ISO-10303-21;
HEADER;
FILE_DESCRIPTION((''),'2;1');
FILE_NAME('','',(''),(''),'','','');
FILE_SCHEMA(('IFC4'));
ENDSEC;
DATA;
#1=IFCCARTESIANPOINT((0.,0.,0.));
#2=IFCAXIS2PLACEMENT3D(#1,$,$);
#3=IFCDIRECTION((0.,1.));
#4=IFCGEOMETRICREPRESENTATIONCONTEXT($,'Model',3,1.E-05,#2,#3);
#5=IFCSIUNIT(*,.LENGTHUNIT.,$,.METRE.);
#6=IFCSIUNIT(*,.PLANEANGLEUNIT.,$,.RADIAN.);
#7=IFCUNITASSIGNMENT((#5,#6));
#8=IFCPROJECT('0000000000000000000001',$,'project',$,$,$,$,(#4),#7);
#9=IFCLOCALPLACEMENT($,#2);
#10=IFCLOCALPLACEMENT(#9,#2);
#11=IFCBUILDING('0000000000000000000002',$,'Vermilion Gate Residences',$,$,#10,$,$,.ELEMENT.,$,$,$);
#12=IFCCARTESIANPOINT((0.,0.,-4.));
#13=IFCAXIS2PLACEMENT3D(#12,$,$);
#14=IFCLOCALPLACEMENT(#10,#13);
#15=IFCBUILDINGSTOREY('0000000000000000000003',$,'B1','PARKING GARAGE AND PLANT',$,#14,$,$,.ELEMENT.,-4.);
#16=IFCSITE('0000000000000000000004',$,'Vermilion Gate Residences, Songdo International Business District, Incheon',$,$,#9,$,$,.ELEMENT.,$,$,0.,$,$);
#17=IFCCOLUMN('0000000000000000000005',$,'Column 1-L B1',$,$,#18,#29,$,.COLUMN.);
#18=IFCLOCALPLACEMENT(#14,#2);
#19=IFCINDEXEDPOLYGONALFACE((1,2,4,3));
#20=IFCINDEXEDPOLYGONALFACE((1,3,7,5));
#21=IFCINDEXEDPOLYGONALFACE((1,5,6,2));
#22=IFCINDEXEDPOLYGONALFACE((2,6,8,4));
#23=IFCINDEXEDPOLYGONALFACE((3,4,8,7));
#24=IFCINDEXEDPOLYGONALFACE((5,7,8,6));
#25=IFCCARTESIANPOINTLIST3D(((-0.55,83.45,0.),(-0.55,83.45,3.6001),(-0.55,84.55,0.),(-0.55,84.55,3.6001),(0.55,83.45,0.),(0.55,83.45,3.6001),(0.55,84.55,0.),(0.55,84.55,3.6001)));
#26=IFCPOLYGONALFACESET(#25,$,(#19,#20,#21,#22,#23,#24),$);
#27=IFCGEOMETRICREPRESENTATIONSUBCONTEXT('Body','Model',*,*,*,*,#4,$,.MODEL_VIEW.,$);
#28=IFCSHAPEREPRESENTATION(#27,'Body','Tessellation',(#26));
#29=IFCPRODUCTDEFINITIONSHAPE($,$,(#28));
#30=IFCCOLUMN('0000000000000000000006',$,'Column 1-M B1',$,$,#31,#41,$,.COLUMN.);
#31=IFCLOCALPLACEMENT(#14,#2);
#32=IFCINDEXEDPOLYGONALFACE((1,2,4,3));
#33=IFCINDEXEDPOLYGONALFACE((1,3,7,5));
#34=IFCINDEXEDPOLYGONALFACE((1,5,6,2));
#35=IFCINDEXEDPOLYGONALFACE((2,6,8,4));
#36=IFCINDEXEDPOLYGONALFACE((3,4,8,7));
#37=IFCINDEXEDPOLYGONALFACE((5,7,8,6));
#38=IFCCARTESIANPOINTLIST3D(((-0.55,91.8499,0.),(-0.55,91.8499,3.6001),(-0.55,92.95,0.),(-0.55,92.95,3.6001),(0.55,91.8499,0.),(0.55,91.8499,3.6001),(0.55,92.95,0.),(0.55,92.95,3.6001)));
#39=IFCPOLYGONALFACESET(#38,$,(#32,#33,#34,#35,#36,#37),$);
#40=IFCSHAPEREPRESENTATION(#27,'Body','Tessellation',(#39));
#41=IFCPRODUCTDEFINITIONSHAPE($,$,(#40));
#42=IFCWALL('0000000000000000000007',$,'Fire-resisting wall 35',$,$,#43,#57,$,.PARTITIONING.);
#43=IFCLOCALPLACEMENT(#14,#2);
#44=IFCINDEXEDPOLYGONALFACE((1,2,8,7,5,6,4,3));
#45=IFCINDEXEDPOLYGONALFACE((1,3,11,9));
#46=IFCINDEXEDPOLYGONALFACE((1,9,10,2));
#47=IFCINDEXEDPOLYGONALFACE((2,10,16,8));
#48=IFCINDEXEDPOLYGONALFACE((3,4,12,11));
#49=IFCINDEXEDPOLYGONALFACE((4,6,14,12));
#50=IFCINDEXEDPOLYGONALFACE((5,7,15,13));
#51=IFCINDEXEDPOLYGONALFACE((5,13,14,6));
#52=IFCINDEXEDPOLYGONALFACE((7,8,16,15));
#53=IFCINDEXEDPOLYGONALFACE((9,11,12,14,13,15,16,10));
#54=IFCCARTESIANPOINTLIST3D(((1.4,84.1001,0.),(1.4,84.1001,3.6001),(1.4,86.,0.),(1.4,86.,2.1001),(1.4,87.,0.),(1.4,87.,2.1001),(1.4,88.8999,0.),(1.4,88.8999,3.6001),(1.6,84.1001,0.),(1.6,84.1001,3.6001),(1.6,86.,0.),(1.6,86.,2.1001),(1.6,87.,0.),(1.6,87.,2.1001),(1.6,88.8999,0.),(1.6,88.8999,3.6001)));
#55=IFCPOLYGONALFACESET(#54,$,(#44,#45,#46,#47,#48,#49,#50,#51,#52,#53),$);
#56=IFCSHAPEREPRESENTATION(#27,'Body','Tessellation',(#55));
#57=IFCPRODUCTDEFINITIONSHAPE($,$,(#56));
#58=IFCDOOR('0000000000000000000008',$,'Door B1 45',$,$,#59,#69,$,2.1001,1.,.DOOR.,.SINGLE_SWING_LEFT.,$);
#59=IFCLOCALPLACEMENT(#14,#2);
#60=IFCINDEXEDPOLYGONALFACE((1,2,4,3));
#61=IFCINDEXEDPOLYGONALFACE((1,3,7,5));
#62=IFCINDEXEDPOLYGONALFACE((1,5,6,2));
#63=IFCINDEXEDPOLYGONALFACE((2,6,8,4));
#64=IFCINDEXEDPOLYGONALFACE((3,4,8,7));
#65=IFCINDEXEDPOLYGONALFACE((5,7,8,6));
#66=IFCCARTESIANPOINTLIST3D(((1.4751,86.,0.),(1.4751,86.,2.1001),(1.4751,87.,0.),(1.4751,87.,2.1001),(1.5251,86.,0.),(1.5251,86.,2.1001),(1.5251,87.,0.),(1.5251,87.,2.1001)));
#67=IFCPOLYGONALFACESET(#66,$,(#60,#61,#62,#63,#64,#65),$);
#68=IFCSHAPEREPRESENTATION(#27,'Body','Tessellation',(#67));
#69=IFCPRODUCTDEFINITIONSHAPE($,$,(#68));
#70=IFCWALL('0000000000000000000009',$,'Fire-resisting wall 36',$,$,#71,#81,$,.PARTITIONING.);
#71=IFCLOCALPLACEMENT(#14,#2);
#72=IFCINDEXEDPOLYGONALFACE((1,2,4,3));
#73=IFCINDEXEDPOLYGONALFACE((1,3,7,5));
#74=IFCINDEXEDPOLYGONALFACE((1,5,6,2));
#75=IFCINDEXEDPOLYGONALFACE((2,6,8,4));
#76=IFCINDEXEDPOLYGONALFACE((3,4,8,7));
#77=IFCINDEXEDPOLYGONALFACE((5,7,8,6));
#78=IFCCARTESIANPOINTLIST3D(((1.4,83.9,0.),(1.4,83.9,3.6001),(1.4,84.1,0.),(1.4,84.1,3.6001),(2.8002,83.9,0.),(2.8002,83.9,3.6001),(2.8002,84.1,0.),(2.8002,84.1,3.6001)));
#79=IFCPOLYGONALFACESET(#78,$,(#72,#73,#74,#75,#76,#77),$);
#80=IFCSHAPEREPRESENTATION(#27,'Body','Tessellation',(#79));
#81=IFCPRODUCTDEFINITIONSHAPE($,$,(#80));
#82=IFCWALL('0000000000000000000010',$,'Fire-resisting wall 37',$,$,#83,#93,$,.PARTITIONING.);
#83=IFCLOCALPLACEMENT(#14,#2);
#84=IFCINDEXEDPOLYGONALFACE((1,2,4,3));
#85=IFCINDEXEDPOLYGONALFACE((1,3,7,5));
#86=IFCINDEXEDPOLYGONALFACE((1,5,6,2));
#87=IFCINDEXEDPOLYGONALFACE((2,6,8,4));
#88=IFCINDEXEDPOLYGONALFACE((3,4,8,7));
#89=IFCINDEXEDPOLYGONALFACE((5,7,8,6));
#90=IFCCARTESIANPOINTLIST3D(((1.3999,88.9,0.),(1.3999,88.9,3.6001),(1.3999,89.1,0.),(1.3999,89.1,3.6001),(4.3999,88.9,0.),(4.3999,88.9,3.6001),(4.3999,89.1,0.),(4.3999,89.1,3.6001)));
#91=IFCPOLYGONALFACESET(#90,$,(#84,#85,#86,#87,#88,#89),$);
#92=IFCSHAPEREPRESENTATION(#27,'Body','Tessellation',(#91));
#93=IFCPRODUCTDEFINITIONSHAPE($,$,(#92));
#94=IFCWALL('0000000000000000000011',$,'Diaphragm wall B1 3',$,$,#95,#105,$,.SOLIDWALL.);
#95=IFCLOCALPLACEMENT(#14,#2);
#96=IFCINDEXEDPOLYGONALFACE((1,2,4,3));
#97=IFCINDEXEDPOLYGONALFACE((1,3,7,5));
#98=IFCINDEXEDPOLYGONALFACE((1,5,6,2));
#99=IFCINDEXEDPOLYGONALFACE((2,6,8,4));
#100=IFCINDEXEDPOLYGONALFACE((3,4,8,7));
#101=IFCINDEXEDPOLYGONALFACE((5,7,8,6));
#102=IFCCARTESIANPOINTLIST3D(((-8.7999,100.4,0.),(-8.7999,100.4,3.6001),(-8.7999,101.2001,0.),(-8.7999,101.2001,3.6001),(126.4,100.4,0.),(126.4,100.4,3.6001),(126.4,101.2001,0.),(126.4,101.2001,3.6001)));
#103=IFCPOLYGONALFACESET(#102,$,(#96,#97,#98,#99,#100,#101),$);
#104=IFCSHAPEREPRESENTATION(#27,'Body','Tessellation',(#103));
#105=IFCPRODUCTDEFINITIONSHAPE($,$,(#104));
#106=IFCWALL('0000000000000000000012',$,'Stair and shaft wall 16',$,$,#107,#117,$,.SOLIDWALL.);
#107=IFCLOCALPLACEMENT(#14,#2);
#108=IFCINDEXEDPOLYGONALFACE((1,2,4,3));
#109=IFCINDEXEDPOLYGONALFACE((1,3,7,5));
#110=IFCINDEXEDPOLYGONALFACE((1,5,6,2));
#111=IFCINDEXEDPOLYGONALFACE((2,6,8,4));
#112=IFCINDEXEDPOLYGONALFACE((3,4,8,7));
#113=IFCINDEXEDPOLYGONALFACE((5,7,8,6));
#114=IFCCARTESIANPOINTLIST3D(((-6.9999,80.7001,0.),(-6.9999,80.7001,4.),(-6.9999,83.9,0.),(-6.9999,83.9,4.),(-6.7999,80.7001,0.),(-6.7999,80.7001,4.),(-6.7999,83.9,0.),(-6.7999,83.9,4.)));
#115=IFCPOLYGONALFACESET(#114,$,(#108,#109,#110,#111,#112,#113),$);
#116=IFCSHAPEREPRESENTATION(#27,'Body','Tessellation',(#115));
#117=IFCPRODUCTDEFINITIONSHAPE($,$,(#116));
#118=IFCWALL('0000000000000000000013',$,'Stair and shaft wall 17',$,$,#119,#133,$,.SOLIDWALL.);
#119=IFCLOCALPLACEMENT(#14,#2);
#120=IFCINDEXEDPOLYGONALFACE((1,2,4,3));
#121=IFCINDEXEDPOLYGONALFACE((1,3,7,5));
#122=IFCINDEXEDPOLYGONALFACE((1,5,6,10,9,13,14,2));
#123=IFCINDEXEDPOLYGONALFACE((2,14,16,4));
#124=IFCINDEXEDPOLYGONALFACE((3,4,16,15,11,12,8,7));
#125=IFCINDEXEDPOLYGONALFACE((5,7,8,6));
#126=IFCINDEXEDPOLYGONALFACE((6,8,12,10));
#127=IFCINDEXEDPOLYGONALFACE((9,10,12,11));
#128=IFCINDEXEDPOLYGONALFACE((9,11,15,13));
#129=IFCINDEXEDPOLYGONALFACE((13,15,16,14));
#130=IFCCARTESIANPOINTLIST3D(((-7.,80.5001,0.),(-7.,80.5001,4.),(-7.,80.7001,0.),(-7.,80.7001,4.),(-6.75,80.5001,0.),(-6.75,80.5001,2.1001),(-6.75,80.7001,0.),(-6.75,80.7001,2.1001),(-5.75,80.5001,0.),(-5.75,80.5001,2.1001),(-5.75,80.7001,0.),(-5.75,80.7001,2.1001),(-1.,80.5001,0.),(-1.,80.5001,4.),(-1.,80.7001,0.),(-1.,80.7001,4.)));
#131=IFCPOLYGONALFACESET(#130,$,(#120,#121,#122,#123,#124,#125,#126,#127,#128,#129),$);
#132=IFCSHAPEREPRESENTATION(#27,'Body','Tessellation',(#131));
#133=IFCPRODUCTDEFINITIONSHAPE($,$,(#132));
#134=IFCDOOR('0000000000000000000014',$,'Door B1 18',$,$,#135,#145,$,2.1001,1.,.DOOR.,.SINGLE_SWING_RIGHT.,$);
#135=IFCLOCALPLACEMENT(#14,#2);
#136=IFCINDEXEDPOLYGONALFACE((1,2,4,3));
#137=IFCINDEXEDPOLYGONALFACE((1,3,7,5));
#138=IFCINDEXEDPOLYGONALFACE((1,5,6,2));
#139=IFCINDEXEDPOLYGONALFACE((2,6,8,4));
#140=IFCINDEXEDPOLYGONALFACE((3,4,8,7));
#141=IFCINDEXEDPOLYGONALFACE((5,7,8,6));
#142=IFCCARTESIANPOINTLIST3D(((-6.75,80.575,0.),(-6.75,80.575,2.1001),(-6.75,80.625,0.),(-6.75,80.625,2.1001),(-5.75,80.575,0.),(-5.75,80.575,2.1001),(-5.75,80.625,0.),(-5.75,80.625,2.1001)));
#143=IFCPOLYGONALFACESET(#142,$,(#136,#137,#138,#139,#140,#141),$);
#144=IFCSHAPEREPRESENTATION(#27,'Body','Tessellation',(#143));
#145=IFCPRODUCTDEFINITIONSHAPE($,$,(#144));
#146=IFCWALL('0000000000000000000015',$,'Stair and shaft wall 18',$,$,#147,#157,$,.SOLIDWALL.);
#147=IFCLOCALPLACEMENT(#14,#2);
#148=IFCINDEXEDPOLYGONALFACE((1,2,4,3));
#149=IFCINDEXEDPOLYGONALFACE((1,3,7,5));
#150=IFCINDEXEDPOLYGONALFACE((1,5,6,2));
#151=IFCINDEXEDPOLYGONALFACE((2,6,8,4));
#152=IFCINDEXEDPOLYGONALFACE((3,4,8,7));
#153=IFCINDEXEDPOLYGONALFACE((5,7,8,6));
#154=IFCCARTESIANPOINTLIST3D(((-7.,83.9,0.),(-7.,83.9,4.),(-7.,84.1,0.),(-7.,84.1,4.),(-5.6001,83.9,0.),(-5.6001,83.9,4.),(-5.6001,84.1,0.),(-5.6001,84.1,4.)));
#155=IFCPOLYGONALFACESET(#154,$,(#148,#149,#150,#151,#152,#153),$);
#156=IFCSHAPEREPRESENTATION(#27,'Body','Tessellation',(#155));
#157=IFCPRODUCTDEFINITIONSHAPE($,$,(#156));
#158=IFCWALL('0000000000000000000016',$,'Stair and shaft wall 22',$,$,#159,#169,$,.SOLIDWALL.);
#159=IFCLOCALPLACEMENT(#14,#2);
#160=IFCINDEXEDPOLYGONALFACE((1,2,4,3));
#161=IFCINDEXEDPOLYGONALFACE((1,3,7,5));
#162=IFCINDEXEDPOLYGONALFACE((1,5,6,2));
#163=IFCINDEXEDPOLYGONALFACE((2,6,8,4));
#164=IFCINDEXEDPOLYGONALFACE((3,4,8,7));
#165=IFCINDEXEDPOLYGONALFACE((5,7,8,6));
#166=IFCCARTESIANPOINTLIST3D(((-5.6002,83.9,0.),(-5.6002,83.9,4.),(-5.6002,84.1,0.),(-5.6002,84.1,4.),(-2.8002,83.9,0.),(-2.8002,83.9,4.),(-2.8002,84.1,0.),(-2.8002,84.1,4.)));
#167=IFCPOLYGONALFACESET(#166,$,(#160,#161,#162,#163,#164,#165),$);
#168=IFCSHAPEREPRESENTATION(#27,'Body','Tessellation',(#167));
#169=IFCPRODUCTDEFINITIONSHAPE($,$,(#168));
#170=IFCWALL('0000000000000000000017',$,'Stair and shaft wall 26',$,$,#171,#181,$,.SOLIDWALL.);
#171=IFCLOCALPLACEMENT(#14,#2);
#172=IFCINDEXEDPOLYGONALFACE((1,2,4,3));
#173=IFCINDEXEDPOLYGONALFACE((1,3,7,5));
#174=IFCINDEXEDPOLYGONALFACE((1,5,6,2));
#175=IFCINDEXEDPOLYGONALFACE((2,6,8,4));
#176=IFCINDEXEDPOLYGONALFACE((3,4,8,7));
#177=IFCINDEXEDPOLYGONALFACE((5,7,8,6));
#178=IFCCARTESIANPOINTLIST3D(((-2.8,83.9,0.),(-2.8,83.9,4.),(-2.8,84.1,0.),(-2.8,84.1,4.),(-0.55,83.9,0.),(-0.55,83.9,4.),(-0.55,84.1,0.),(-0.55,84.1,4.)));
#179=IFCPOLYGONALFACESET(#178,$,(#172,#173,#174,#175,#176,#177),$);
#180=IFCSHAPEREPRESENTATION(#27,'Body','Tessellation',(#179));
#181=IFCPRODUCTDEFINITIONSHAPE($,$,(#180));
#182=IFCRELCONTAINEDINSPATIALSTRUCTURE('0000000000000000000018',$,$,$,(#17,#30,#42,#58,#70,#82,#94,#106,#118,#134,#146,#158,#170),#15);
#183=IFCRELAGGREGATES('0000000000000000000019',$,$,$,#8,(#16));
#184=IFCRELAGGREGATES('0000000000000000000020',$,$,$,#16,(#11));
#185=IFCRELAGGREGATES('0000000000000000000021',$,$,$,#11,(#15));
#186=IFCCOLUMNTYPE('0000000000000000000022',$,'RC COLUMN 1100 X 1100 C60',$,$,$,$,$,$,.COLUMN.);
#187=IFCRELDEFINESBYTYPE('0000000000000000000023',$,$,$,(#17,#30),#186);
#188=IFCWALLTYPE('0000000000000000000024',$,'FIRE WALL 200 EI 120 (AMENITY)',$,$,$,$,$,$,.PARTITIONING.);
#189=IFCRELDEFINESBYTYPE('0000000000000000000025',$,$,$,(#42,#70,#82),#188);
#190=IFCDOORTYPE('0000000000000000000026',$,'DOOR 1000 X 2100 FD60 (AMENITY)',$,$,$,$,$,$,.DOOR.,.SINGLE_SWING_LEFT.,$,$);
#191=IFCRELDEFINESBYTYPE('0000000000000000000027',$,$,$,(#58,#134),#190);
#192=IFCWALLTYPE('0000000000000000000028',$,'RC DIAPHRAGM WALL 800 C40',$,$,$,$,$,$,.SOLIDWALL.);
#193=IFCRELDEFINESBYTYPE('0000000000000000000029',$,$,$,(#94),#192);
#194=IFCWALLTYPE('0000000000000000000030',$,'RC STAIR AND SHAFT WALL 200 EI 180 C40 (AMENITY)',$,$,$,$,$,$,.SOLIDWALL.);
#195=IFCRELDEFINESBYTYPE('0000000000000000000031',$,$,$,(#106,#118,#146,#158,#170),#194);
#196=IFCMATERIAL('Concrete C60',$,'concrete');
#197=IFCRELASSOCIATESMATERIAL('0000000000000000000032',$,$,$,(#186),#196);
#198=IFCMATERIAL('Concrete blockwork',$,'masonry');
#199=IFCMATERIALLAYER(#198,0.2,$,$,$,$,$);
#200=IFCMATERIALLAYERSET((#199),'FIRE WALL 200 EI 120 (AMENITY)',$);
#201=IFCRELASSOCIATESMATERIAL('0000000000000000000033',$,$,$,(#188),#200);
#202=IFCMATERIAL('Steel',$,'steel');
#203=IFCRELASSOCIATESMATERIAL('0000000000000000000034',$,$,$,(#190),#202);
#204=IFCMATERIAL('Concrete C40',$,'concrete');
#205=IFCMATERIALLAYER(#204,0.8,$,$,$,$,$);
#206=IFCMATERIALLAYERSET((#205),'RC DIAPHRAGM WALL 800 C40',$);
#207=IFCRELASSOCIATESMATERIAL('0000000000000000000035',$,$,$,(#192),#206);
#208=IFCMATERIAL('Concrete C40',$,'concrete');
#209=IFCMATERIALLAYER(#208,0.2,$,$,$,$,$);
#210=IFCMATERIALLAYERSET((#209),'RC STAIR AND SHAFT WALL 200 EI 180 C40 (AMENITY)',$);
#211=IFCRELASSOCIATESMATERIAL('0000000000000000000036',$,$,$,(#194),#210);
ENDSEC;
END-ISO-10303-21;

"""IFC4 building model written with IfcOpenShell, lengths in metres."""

from ifc_helpers import new_model, si_unit, direction, frame, frame_2d, origin, origin_2d, place, context, subcontext, project, spatial, rectangle, extrude, material, layer, layer_set, material_profile, profile_set, type_object, element, fill, save


model = new_model("IFC4")

# Units and contexts
model_context = context("Model", 3, precision=1e-05, world=origin(), true_north=direction((0.0, 1.0)))
body_context = subcontext(model_context, "Body", "Model", "MODEL_VIEW")
ifc_project = project(units=[si_unit("LENGTHUNIT", "METRE"), si_unit("PLANEANGLEUNIT", "RADIAN")], contexts=[model_context])

# Site, building, storey
site_placement = place(None, origin())
site = spatial("IfcSite", under=ifc_project, at=site_placement, Name="Vermilion Gate Residences, Songdo International Business District, Incheon", CompositionType="ELEMENT", RefElevation=0.0)
building_placement = place(site_placement, origin())
building = spatial("IfcBuilding", under=site, at=building_placement, Name="Vermilion Gate Residences", CompositionType="ELEMENT")
storey_placement = place(building_placement, frame((0.0, 0.0, -4.0)))
storey = spatial("IfcBuildingStorey", under=building, at=storey_placement, Name="B1", Description="PARKING GARAGE AND PLANT", CompositionType="ELEMENT", Elevation=-4.0)

# Columns
ifc_material_1 = material(Name="Concrete C60", Category="concrete")
ifc_material_profile = material_profile(ifc_material_1, rectangle(XDim=1.1001, YDim=1.1001, at=origin_2d()), Name="RC-1100x1100")
ifc_profile_set = profile_set([ifc_material_profile], Name="Concrete C60")
column_type = type_object("IfcColumnType", Name="RC COLUMN 1100 X 1100 C60", PredefinedType="COLUMN", material=ifc_profile_set)
for number, where, z_axis, x_axis, name in (
    (1, (0.0, 84.0, 0.0), (0.0, 0.0, 1.0), (1.0, 0.0, 0.0), "Column 1-L B1"),
    (2, (0.0, 92.3999, 0.0), (0.0, 0.0, 1.0), (1.0, 0.0, 0.0), "Column 1-M B1"),
):
    element("IfcColumn", number, at=place(storey_placement, frame(where, z_axis=z_axis, x_axis=x_axis)), inside=storey, type_object=column_type, Name=name, PredefinedType="COLUMN", context=body_context, shape_type="SweptSolid", body=[
        extrude(rectangle(XDim=1.1001, YDim=1.1001, at=origin_2d()), origin(), (0.0, 0.0, 1.0), 3.6001),
    ])

# Wall, opening, door
ifc_material_2 = material(Name="Concrete blockwork", Category="masonry")
ifc_layer_1 = layer(ifc_material_2, 0.2)
ifc_layer_set_1 = layer_set([ifc_layer_1], Name="FIRE WALL 200 EI 120 (AMENITY)")
wall_type_1 = type_object("IfcWallType", Name="FIRE WALL 200 EI 120 (AMENITY)", PredefinedType="PARTITIONING", material=ifc_layer_set_1)
wall_1_placement = place(storey_placement, frame((1.5, 84.1001, 0.0), z_axis=(0.0, 0.0, 1.0), x_axis=(0.0, 1.0, 0.0)))
wall_1 = element("IfcWall", 3, at=wall_1_placement, inside=storey, type_object=wall_type_1, Name="Fire-resisting wall 35", PredefinedType="PARTITIONING", context=body_context, shape_type="SweptSolid", body=[
    extrude(rectangle(XDim=4.7998, YDim=0.2, at=frame_2d((2.3999, 0.0))), origin(), (0.0, 0.0, 1.0), 3.6001),
])
opening_1_placement = place(wall_1_placement, frame((1.8999, 0.0, 0.0)))
opening_1 = element("IfcOpeningElement", 4, at=opening_1_placement, cuts=wall_1, PredefinedType="OPENING", context=body_context, shape_type="SweptSolid", body=[
    extrude(rectangle(XDim=1.0, YDim=2.1001, at=frame_2d((0.5, 1.05))), frame((0.0, 0.1099, 0.0), z_axis=(0.0, -1.0, 0.0), x_axis=(1.0, 0.0, 0.0)), (0.0, 0.0, 1.0), 0.22),
])
ifc_material_3 = material(Name="Steel", Category="steel")
door_type = type_object("IfcDoorType", Name="DOOR 1000 X 2100 FD60 (AMENITY)", OperationType="SINGLE_SWING_LEFT", PredefinedType="DOOR", material=ifc_material_3)
door_1_placement = place(opening_1_placement, origin())
door_1 = element("IfcDoor", 5, at=door_1_placement, inside=storey, type_object=door_type, Name="Door B1 45", OperationType="SINGLE_SWING_LEFT", OverallHeight=2.1001, OverallWidth=1.0, PredefinedType="DOOR", context=body_context, shape_type="SweptSolid", body=[
    extrude(rectangle(XDim=1.0, YDim=2.1001, at=frame_2d((0.5, 1.05))), frame((0.0, 0.0249, 0.0), z_axis=(0.0, -1.0, 0.0), x_axis=(1.0, 0.0, 0.0)), (0.0, 0.0, 1.0), 0.05),
])
fill(opening_1, door_1)

# Walls
wall_2_placement = place(storey_placement, frame((1.3999, 84.0, 0.0), z_axis=(0.0, 0.0, 1.0), x_axis=(1.0, 0.0, 0.0)))
element("IfcWall", 6, at=wall_2_placement, inside=storey, type_object=wall_type_1, Name="Fire-resisting wall 36", PredefinedType="PARTITIONING", context=body_context, shape_type="SweptSolid", body=[
    extrude(rectangle(XDim=1.4001, YDim=0.2, at=frame_2d((0.7002, 0.0))), origin(), (0.0, 0.0, 1.0), 3.6001),
])
wall_3_placement = place(storey_placement, frame((1.3999, 89.0, 0.0), z_axis=(0.0, 0.0, 1.0), x_axis=(1.0, 0.0, 0.0)))
element("IfcWall", 7, at=wall_3_placement, inside=storey, type_object=wall_type_1, Name="Fire-resisting wall 37", PredefinedType="PARTITIONING", context=body_context, shape_type="SweptSolid", body=[
    extrude(rectangle(XDim=3.0, YDim=0.2, at=frame_2d((1.5, 0.0))), origin(), (0.0, 0.0, 1.0), 3.6001),
])
ifc_material_4 = material(Name="Concrete C40", Category="concrete")
ifc_layer_2 = layer(ifc_material_4, 0.8)
ifc_layer_set_2 = layer_set([ifc_layer_2], Name="RC DIAPHRAGM WALL 800 C40")
wall_type_2 = type_object("IfcWallType", Name="RC DIAPHRAGM WALL 800 C40", PredefinedType="SOLIDWALL", material=ifc_layer_set_2)
wall_4_placement = place(storey_placement, frame((-8.8, 100.8, 0.0), z_axis=(0.0, 0.0, 1.0), x_axis=(1.0, 0.0, 0.0)))
element("IfcWall", 8, at=wall_4_placement, inside=storey, type_object=wall_type_2, Name="Diaphragm wall B1 3", PredefinedType="SOLIDWALL", context=body_context, shape_type="SweptSolid", body=[
    extrude(rectangle(XDim=135.2, YDim=0.8, at=frame_2d((67.6001, 0.0))), origin(), (0.0, 0.0, 1.0), 3.6001),
])
ifc_material_5 = material(Name="Concrete C40", Category="concrete")
ifc_layer_3 = layer(ifc_material_5, 0.2)
ifc_layer_set_3 = layer_set([ifc_layer_3], Name="RC STAIR AND SHAFT WALL 200 EI 180 C40 (AMENITY)")
wall_type_3 = type_object("IfcWallType", Name="RC STAIR AND SHAFT WALL 200 EI 180 C40 (AMENITY)", PredefinedType="SOLIDWALL", material=ifc_layer_set_3)
wall_5_placement = place(storey_placement, frame((-6.8999, 80.7, 0.0), z_axis=(0.0, 0.0, 1.0), x_axis=(0.0, 1.0, 0.0)))
element("IfcWall", 9, at=wall_5_placement, inside=storey, type_object=wall_type_3, Name="Stair and shaft wall 16", PredefinedType="SOLIDWALL", context=body_context, shape_type="SweptSolid", body=[
    extrude(rectangle(XDim=3.2, YDim=0.2, at=frame_2d((1.6001, 0.0))), origin(), (0.0, 0.0, 1.0), 4.0),
])

# Wall, opening, door
wall_6_placement = place(storey_placement, frame((-7.0, 80.6001, 0.0), z_axis=(0.0, 0.0, 1.0), x_axis=(1.0, 0.0, 0.0)))
wall_6 = element("IfcWall", 10, at=wall_6_placement, inside=storey, type_object=wall_type_3, Name="Stair and shaft wall 17", PredefinedType="SOLIDWALL", context=body_context, shape_type="SweptSolid", body=[
    extrude(rectangle(XDim=6.0, YDim=0.2, at=frame_2d((3.0, 0.0))), origin(), (0.0, 0.0, 1.0), 4.0),
])
opening_2_placement = place(wall_6_placement, frame((0.25, 0.0, 0.0)))
opening_2 = element("IfcOpeningElement", 11, at=opening_2_placement, cuts=wall_6, PredefinedType="OPENING", context=body_context, shape_type="SweptSolid", body=[
    extrude(rectangle(XDim=1.0, YDim=2.1001, at=frame_2d((0.5, 1.05))), frame((0.0, 0.1099, 0.0), z_axis=(0.0, -1.0, 0.0), x_axis=(1.0, 0.0, 0.0)), (0.0, 0.0, 1.0), 0.22),
])
door_2_placement = place(opening_2_placement, origin())
door_2 = element("IfcDoor", 12, at=door_2_placement, inside=storey, type_object=door_type, Name="Door B1 18", OperationType="SINGLE_SWING_RIGHT", OverallHeight=2.1001, OverallWidth=1.0, PredefinedType="DOOR", context=body_context, shape_type="SweptSolid", body=[
    extrude(rectangle(XDim=1.0, YDim=2.1001, at=frame_2d((0.5, 1.05))), frame((0.0, 0.0249, 0.0), z_axis=(0.0, -1.0, 0.0), x_axis=(1.0, 0.0, 0.0)), (0.0, 0.0, 1.0), 0.05),
])
fill(opening_2, door_2)

# Walls
wall_7_placement = place(storey_placement, frame((-7.0, 84.0, 0.0), z_axis=(0.0, 0.0, 1.0), x_axis=(1.0, 0.0, 0.0)))
element("IfcWall", 13, at=wall_7_placement, inside=storey, type_object=wall_type_3, Name="Stair and shaft wall 18", PredefinedType="SOLIDWALL", context=body_context, shape_type="SweptSolid", body=[
    extrude(rectangle(XDim=1.3999, YDim=0.2, at=frame_2d((0.7, 0.0))), origin(), (0.0, 0.0, 1.0), 4.0),
])
wall_8_placement = place(storey_placement, frame((-5.6001, 84.0, 0.0), z_axis=(0.0, 0.0, 1.0), x_axis=(1.0, 0.0, 0.0)))
element("IfcWall", 14, at=wall_8_placement, inside=storey, type_object=wall_type_3, Name="Stair and shaft wall 22", PredefinedType="SOLIDWALL", context=body_context, shape_type="SweptSolid", body=[
    extrude(rectangle(XDim=2.8, YDim=0.2, at=frame_2d((1.3999, 0.0))), origin(), (0.0, 0.0, 1.0), 4.0),
])
wall_9_placement = place(storey_placement, frame((-2.8, 84.0, 0.0), z_axis=(0.0, 0.0, 1.0), x_axis=(1.0, 0.0, 0.0)))
element("IfcWall", 15, at=wall_9_placement, inside=storey, type_object=wall_type_3, Name="Stair and shaft wall 26", PredefinedType="SOLIDWALL", context=body_context, shape_type="SweptSolid", body=[
    extrude(rectangle(XDim=2.25, YDim=0.2, at=frame_2d((1.125, 0.0))), origin(), (0.0, 0.0, 1.0), 4.0),
])

save(model, "model.ifc")
